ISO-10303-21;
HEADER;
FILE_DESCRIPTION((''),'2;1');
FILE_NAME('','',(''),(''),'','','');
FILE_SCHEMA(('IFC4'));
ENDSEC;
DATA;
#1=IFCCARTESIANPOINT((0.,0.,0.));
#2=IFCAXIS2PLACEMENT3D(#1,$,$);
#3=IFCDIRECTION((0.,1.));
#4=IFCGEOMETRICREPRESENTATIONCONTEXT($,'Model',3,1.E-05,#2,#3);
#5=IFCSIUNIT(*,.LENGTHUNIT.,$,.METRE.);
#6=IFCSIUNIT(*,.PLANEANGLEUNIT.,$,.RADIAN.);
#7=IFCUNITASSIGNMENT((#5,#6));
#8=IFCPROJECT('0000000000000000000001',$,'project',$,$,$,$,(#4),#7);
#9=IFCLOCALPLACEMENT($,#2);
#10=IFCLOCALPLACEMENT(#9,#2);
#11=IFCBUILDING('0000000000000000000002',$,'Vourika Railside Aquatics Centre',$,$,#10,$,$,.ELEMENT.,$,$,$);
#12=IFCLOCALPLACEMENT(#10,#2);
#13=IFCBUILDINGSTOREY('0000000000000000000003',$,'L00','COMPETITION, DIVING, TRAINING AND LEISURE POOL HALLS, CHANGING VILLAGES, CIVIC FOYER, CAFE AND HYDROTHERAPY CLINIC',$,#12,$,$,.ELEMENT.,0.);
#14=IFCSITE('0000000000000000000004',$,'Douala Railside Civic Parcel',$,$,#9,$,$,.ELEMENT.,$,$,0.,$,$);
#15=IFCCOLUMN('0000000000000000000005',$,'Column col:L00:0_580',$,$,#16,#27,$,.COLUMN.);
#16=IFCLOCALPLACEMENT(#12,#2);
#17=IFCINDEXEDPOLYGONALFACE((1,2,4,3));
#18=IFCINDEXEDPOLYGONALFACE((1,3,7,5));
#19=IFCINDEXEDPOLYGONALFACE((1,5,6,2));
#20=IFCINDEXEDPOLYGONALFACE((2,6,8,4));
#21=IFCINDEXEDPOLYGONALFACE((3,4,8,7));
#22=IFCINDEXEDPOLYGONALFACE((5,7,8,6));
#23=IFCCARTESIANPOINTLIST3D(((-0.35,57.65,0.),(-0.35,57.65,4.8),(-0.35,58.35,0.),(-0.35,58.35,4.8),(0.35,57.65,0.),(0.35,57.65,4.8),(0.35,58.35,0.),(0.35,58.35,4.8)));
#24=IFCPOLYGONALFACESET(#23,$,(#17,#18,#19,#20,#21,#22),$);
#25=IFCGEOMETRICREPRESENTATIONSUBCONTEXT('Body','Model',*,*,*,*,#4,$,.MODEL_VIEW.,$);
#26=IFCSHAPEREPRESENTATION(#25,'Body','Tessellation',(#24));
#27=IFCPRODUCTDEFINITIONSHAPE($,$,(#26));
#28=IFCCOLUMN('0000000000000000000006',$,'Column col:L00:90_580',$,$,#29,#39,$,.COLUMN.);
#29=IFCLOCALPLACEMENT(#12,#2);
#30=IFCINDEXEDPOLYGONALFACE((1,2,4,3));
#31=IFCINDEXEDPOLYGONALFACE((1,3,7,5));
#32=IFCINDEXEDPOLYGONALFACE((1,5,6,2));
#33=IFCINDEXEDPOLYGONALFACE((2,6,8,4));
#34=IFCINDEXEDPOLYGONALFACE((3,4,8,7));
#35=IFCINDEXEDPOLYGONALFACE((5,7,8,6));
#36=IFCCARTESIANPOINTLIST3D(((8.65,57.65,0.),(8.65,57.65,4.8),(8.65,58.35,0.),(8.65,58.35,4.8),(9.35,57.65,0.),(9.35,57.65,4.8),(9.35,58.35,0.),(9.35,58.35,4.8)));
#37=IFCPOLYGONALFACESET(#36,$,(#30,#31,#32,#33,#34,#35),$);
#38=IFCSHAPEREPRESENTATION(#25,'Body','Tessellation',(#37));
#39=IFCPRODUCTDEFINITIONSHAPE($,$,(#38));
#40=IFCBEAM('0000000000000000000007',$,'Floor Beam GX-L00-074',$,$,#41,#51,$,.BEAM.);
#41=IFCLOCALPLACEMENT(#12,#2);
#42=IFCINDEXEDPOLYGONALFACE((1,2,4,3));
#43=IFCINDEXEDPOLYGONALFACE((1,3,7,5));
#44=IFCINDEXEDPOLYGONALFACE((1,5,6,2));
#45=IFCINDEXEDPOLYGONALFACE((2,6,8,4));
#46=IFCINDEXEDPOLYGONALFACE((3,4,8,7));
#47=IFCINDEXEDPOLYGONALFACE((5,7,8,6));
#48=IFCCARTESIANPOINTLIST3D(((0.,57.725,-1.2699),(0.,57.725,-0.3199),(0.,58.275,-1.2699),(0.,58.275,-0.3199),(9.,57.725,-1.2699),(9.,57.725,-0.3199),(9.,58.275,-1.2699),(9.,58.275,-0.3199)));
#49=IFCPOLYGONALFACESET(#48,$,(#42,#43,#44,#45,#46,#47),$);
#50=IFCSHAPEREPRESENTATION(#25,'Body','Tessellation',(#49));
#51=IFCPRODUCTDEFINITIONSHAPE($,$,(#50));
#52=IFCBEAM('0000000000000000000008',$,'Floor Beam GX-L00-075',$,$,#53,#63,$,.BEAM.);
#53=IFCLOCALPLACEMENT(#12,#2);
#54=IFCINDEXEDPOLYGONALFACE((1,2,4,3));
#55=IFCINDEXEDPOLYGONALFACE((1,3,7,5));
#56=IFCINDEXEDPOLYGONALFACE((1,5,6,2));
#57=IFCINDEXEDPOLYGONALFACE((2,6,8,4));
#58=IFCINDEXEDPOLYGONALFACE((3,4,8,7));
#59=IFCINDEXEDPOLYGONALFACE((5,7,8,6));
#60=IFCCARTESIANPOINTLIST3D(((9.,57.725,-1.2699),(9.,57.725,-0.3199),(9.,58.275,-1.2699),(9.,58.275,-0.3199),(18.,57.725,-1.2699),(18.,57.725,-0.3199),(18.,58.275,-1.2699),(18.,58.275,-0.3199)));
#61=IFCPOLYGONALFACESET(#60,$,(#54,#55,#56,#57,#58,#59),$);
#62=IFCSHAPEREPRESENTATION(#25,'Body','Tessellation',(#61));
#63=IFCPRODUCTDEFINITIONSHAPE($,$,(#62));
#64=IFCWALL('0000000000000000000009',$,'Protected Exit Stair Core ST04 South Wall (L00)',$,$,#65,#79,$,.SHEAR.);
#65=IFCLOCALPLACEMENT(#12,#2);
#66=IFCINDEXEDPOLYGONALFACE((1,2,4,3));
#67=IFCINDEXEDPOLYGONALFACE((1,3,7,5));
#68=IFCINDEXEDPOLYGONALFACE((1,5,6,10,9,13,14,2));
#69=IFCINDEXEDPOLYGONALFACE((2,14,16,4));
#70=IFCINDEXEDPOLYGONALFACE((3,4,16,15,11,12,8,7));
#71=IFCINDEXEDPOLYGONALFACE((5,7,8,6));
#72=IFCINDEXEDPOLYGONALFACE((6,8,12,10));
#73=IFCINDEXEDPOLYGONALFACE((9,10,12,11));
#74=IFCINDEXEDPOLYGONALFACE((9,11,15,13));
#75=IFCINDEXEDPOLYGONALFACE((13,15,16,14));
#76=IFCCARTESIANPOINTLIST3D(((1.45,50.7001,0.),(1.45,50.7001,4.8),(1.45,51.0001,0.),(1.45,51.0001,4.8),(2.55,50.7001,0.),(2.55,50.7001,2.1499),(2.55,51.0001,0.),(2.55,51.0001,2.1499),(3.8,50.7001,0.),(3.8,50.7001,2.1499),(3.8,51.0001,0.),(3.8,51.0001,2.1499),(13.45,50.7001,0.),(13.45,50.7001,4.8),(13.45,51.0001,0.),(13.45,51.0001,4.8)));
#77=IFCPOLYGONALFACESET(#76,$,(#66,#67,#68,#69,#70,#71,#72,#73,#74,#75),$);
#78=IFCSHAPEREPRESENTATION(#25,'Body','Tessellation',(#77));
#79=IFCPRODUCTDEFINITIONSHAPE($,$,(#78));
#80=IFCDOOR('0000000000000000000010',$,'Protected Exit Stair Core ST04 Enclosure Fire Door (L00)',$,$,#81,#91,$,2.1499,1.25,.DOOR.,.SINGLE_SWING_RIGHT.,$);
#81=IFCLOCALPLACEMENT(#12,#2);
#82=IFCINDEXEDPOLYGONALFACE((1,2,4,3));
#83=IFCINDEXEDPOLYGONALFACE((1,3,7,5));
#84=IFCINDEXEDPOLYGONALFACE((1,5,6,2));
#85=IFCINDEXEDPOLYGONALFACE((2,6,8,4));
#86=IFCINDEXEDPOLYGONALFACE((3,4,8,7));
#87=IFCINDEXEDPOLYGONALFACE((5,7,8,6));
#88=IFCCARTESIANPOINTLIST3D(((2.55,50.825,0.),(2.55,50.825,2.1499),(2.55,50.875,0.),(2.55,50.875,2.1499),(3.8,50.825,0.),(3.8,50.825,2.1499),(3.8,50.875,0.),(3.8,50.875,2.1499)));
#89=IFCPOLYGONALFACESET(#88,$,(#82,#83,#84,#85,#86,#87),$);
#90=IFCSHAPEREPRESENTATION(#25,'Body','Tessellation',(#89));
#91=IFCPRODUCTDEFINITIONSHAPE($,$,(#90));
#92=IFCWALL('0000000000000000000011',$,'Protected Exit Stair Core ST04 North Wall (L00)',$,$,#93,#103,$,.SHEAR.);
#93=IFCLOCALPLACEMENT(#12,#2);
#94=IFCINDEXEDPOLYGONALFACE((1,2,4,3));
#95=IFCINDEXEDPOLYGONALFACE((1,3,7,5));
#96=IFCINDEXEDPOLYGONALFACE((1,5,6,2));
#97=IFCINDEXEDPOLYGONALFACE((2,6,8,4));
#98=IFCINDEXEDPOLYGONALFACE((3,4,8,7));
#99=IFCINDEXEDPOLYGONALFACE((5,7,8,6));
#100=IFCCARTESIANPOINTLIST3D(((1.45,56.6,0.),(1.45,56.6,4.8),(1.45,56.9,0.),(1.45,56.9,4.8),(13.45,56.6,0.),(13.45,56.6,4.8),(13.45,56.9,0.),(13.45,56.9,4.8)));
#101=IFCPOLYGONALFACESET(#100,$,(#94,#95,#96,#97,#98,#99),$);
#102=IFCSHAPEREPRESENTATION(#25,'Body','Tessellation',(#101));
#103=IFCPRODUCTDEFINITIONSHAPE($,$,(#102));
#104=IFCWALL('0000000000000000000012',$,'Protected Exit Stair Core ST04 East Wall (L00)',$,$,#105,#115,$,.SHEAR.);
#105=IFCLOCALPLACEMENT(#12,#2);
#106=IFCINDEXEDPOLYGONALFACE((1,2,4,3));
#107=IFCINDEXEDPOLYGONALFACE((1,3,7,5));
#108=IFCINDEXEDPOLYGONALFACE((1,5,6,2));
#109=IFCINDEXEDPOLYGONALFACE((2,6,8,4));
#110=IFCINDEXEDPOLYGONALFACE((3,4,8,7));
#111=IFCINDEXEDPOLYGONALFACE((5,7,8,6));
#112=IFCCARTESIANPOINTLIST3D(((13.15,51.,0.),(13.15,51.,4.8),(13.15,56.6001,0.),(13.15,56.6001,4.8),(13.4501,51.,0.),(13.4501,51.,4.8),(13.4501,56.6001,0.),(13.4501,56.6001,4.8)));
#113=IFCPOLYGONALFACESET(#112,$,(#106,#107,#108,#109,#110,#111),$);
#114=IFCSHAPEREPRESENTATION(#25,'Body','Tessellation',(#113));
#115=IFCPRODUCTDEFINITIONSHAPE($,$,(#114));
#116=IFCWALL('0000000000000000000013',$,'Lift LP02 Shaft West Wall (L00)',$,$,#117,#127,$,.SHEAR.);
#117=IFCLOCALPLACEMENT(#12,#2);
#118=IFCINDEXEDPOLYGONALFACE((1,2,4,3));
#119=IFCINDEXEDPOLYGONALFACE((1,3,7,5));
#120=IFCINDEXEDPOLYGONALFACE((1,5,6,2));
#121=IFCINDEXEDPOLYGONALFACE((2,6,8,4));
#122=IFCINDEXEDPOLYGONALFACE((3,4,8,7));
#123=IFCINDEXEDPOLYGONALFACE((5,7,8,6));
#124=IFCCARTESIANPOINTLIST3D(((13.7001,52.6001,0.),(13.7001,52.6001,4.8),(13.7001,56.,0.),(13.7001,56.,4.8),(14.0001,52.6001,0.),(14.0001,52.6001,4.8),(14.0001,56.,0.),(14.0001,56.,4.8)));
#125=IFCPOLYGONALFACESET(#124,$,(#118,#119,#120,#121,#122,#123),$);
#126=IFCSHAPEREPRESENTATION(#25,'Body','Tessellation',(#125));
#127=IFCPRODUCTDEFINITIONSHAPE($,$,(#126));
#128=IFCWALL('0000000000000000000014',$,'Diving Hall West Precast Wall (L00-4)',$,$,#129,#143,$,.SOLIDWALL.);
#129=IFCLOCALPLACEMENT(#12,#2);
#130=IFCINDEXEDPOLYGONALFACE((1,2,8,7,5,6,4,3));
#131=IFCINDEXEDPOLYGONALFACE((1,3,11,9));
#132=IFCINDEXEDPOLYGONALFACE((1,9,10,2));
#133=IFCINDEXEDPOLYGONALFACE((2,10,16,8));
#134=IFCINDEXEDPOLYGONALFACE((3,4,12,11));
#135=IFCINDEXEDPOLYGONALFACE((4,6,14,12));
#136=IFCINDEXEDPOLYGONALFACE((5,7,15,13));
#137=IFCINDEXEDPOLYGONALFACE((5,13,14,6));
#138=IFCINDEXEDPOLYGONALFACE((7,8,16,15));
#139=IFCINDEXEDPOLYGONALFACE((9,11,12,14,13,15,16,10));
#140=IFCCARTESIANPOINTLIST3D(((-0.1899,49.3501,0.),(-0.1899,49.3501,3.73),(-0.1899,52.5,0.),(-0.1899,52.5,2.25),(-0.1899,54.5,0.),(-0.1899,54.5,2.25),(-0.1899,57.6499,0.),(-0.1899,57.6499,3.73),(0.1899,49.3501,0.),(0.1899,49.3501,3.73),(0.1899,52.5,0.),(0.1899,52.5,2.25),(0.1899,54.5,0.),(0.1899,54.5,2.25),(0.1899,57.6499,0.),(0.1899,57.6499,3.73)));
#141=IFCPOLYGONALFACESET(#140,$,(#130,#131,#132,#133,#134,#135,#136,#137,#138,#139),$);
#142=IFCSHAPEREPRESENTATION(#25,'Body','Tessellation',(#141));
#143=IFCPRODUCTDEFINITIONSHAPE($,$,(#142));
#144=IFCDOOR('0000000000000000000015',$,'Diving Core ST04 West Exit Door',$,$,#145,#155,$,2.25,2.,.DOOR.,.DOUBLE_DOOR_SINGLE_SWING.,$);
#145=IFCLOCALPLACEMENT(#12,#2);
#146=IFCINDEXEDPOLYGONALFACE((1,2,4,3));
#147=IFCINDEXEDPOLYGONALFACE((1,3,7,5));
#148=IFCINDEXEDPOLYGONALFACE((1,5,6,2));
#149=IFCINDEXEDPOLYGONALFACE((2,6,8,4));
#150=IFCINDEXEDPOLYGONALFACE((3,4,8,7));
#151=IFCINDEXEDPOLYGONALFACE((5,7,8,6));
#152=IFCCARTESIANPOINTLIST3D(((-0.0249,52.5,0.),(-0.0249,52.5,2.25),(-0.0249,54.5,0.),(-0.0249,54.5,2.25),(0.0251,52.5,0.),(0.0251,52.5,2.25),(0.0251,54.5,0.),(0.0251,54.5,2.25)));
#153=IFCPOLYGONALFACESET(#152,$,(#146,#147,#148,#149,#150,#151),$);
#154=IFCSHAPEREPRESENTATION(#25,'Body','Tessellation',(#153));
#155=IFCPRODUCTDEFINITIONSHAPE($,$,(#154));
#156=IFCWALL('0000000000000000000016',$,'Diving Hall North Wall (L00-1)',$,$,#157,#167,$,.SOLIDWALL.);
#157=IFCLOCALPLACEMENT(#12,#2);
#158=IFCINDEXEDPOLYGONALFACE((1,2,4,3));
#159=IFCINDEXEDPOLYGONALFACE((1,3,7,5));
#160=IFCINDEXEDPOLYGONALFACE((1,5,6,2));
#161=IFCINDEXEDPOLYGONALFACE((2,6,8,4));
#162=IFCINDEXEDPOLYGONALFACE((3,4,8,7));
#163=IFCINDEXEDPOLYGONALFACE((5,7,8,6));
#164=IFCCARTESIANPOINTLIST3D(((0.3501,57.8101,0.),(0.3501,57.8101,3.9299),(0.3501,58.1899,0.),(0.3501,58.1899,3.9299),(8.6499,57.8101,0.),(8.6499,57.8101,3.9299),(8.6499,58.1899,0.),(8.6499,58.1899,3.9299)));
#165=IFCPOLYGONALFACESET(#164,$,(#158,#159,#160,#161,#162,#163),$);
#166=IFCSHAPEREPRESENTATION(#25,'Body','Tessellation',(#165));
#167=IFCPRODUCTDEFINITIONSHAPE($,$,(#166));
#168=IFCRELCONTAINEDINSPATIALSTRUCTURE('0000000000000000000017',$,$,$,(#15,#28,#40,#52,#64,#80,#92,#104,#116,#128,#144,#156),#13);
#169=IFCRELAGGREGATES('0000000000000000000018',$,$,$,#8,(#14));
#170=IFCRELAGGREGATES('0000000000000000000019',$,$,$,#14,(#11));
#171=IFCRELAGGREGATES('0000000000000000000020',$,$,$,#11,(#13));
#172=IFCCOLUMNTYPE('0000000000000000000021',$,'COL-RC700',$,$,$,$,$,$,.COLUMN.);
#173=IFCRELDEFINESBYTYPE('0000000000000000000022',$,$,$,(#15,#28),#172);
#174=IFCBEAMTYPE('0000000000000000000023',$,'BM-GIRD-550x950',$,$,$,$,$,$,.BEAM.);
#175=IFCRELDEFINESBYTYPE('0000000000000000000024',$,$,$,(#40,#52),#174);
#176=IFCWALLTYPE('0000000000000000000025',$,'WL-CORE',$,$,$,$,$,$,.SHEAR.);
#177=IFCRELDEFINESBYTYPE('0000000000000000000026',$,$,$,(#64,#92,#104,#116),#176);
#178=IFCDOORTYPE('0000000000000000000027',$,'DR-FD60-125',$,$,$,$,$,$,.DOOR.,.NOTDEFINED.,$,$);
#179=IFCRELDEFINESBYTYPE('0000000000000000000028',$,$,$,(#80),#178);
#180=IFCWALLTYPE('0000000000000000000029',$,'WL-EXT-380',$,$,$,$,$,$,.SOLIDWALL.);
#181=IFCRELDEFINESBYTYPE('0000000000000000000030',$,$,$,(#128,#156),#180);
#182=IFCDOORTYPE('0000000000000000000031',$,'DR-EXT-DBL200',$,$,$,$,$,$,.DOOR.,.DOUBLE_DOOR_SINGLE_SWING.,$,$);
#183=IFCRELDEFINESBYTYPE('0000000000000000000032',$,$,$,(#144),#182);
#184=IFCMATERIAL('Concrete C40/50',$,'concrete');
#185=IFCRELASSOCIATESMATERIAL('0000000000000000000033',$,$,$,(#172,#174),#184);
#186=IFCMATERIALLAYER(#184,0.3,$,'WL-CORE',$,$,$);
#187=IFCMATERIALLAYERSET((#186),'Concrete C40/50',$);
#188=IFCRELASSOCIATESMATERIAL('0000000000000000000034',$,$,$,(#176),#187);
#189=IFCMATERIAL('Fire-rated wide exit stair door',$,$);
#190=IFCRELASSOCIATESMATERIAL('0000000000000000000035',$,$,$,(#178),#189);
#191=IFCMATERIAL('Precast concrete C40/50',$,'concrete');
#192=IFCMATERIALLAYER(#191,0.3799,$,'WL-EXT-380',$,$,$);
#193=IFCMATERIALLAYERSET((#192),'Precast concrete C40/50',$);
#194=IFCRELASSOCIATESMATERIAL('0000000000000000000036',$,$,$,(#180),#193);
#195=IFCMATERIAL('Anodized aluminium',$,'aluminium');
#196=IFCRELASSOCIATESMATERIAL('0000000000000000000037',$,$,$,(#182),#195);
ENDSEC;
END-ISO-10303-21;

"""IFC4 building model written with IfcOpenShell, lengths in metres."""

from ifc_helpers import new_model, si_unit, direction, frame, frame_2d, origin, origin_2d, place, context, subcontext, project, spatial, rectangle, extrude, material, layer, layer_set, material_profile, profile_set, type_object, element, fill, save


model = new_model("IFC4")

# Units and contexts
model_context = context("Model", 3, precision=1e-05, world=origin(), true_north=direction((0.0, 1.0)))
body_context = subcontext(model_context, "Body", "Model", "MODEL_VIEW")
ifc_project = project(units=[si_unit("LENGTHUNIT", "METRE"), si_unit("PLANEANGLEUNIT", "RADIAN")], contexts=[model_context])

# Site, building, storey
site_placement = place(None, origin())
site = spatial("IfcSite", under=ifc_project, at=site_placement, Name="Douala Railside Civic Parcel", CompositionType="ELEMENT", RefElevation=0.0)
building_placement = place(site_placement, origin())
building = spatial("IfcBuilding", under=site, at=building_placement, Name="Vourika Railside Aquatics Centre", CompositionType="ELEMENT")
storey_placement = place(building_placement, origin())
storey = spatial("IfcBuildingStorey", under=building, at=storey_placement, Name="L00", Description="COMPETITION, DIVING, TRAINING AND LEISURE POOL HALLS, CHANGING VILLAGES, CIVIC FOYER, CAFE AND HYDROTHERAPY CLINIC", CompositionType="ELEMENT", Elevation=0.0)

# Columns
ifc_material_1 = material(Name="Concrete C40/50", Category="concrete")
ifc_material_profile_1 = material_profile(ifc_material_1, rectangle(XDim=0.7, YDim=0.7, at=origin_2d()), Name="RC 700x700")
ifc_profile_set_1 = profile_set([ifc_material_profile_1], Name="Concrete C40/50")
column_type = type_object("IfcColumnType", Name="COL-RC700", PredefinedType="COLUMN", material=ifc_profile_set_1)
for number, where, z_axis, x_axis, name in (
    (1, (0.0, 58.0, 0.0), (0.0, 0.0, 1.0), (1.0, 0.0, 0.0), "Column col:L00:0_580"),
    (2, (9.0, 58.0, 0.0), (0.0, 0.0, 1.0), (1.0, 0.0, 0.0), "Column col:L00:90_580"),
):
    element("IfcColumn", number, at=place(storey_placement, frame(where, z_axis=z_axis, x_axis=x_axis)), inside=storey, type_object=column_type, Name=name, PredefinedType="COLUMN", context=body_context, shape_type="SweptSolid", body=[
        extrude(rectangle(XDim=0.7, YDim=0.7, at=origin_2d()), origin(), (0.0, 0.0, 1.0), 4.8),
    ])

# Beams
ifc_material_profile_2 = material_profile(ifc_material_1, rectangle(XDim=0.55, YDim=0.95, at=origin_2d()), Name="RC 550x950")
ifc_profile_set_2 = profile_set([ifc_material_profile_2], Name="Concrete C40/50")
beam_type = type_object("IfcBeamType", Name="BM-GIRD-550x950", PredefinedType="BEAM", material=ifc_profile_set_2)
for number, where, z_axis, x_axis, name in (
    (3, (0.0, 58.0, -0.7949), (1.0, 0.0, 0.0), (0.0, 1.0, 0.0), "Floor Beam GX-L00-074"),
    (4, (9.0, 58.0, -0.7949), (1.0, 0.0, 0.0), (0.0, 1.0, 0.0), "Floor Beam GX-L00-075"),
):
    element("IfcBeam", number, at=place(storey_placement, frame(where, z_axis=z_axis, x_axis=x_axis)), inside=storey, type_object=beam_type, Name=name, PredefinedType="BEAM", context=body_context, shape_type="SweptSolid", body=[
        extrude(rectangle(XDim=0.55, YDim=0.95, at=origin_2d()), origin(), (0.0, 0.0, 1.0), 9.0),
    ])

# Wall, opening, door
ifc_layer_1 = layer(ifc_material_1, 0.3, Name="WL-CORE")
ifc_layer_set_1 = layer_set([ifc_layer_1], Name="Concrete C40/50")
wall_type_1 = type_object("IfcWallType", Name="WL-CORE", PredefinedType="SHEAR", material=ifc_layer_set_1)
wall_1_placement = place(storey_placement, frame((1.45, 50.8501, 0.0), z_axis=(0.0, 0.0, 1.0), x_axis=(1.0, 0.0, 0.0)))
wall_1 = element("IfcWall", 5, at=wall_1_placement, inside=storey, type_object=wall_type_1, Name="Protected Exit Stair Core ST04 South Wall (L00)", PredefinedType="SHEAR", context=body_context, shape_type="SweptSolid", body=[
    extrude(rectangle(XDim=12.0, YDim=0.3, at=frame_2d((6.0, 0.0))), origin(), (0.0, 0.0, 1.0), 4.8),
])
opening_1_placement = place(wall_1_placement, frame((1.1001, 0.0, 0.0)))
opening_1 = element("IfcOpeningElement", 6, at=opening_1_placement, cuts=wall_1, PredefinedType="OPENING", context=body_context, shape_type="SweptSolid", body=[
    extrude(rectangle(XDim=1.25, YDim=2.1499, at=frame_2d((0.625, 1.075))), frame((0.0, 0.1602, 0.0), z_axis=(0.0, -1.0, 0.0), x_axis=(1.0, 0.0, 0.0)), (0.0, 0.0, 1.0), 0.3201),
])
ifc_material_2 = material(Name="Fire-rated wide exit stair door")
door_type_1 = type_object("IfcDoorType", Name="DR-FD60-125", OperationType="NOTDEFINED", PredefinedType="DOOR", material=ifc_material_2)
door_1_placement = place(opening_1_placement, origin())
door_1 = element("IfcDoor", 7, at=door_1_placement, inside=storey, type_object=door_type_1, Name="Protected Exit Stair Core ST04 Enclosure Fire Door (L00)", OperationType="SINGLE_SWING_RIGHT", OverallHeight=2.1499, OverallWidth=1.25, PredefinedType="DOOR", context=body_context, shape_type="SweptSolid", body=[
    extrude(rectangle(XDim=1.25, YDim=2.1499, at=frame_2d((0.625, 1.075))), frame((0.0, 0.0249, 0.0), z_axis=(0.0, -1.0, 0.0), x_axis=(1.0, 0.0, 0.0)), (0.0, 0.0, 1.0), 0.05),
])
fill(opening_1, door_1)

# Wall
wall_2_placement = place(storey_placement, frame((13.45, 56.75, 0.0), z_axis=(0.0, 0.0, 1.0), x_axis=(-1.0, 0.0, 0.0)))
element("IfcWall", 8, at=wall_2_placement, inside=storey, type_object=wall_type_1, Name="Protected Exit Stair Core ST04 North Wall (L00)", PredefinedType="SHEAR", context=body_context, shape_type="SweptSolid", body=[
    extrude(rectangle(XDim=12.0, YDim=0.3, at=frame_2d((6.0, 0.0))), origin(), (0.0, 0.0, 1.0), 4.8),
])

# Wall
wall_3_placement = place(storey_placement, frame((13.3, 51.0, 0.0), z_axis=(0.0, 0.0, 1.0), x_axis=(0.0, 1.0, 0.0)))
element("IfcWall", 9, at=wall_3_placement, inside=storey, type_object=wall_type_1, Name="Protected Exit Stair Core ST04 East Wall (L00)", PredefinedType="SHEAR", context=body_context, shape_type="SweptSolid", body=[
    extrude(rectangle(XDim=5.6001, YDim=0.3, at=frame_2d((2.8, 0.0))), origin(), (0.0, 0.0, 1.0), 4.8),
])

# Wall
wall_4_placement = place(storey_placement, frame((13.8501, 56.0, 0.0), z_axis=(0.0, 0.0, 1.0), x_axis=(0.0, -1.0, 0.0)))
element("IfcWall", 10, at=wall_4_placement, inside=storey, type_object=wall_type_1, Name="Lift LP02 Shaft West Wall (L00)", PredefinedType="SHEAR", context=body_context, shape_type="SweptSolid", body=[
    extrude(rectangle(XDim=3.3999, YDim=0.3, at=frame_2d((1.7, 0.0))), origin(), (0.0, 0.0, 1.0), 4.8),
])

# Wall, opening, door
ifc_material_3 = material(Name="Precast concrete C40/50", Category="concrete")
ifc_layer_2 = layer(ifc_material_3, 0.3799, Name="WL-EXT-380")
ifc_layer_set_2 = layer_set([ifc_layer_2], Name="Precast concrete C40/50")
wall_type_2 = type_object("IfcWallType", Name="WL-EXT-380", PredefinedType="SOLIDWALL", material=ifc_layer_set_2)
wall_5_placement = place(storey_placement, frame((0.0, 57.6499, 0.0), z_axis=(0.0, 0.0, 1.0), x_axis=(0.0, -1.0, 0.0)))
wall_5 = element("IfcWall", 11, at=wall_5_placement, inside=storey, type_object=wall_type_2, Name="Diving Hall West Precast Wall (L00-4)", PredefinedType="SOLIDWALL", context=body_context, shape_type="SweptSolid", body=[
    extrude(rectangle(XDim=8.2998, YDim=0.3799, at=frame_2d((4.1499, 0.0))), origin(), (0.0, 0.0, 1.0), 3.73),
])
opening_2_placement = place(wall_5_placement, frame((3.1499, 0.0, 0.0)))
opening_2 = element("IfcOpeningElement", 12, at=opening_2_placement, cuts=wall_5, PredefinedType="OPENING", context=body_context, shape_type="SweptSolid", body=[
    extrude(rectangle(XDim=2.0, YDim=2.25, at=frame_2d((1.0, 1.125))), frame((0.0, 0.2, 0.0), z_axis=(0.0, -1.0, 0.0), x_axis=(1.0, 0.0, 0.0)), (0.0, 0.0, 1.0), 0.3999),
])
ifc_material_4 = material(Name="Anodized aluminium", Category="aluminium")
door_type_2 = type_object("IfcDoorType", Name="DR-EXT-DBL200", OperationType="DOUBLE_DOOR_SINGLE_SWING", PredefinedType="DOOR", material=ifc_material_4)
door_2_placement = place(opening_2_placement, frame((2.0, 0.0, 0.0), z_axis=(0.0, 0.0, 1.0), x_axis=(-1.0, 0.0, 0.0)))
door_2 = element("IfcDoor", 13, at=door_2_placement, inside=storey, type_object=door_type_2, Name="Diving Core ST04 West Exit Door", OperationType="DOUBLE_DOOR_SINGLE_SWING", OverallHeight=2.25, OverallWidth=2.0, PredefinedType="DOOR", context=body_context, shape_type="SweptSolid", body=[
    extrude(rectangle(XDim=2.0, YDim=2.25, at=frame_2d((1.0, 1.125))), frame((0.0, 0.0249, 0.0), z_axis=(0.0, -1.0, 0.0), x_axis=(1.0, 0.0, 0.0)), (0.0, 0.0, 1.0), 0.05),
])
fill(opening_2, door_2)

# Wall
wall_6_placement = place(storey_placement, frame((8.6499, 58.0, 0.0), z_axis=(0.0, 0.0, 1.0), x_axis=(-1.0, 0.0, 0.0)))
element("IfcWall", 14, at=wall_6_placement, inside=storey, type_object=wall_type_2, Name="Diving Hall North Wall (L00-1)", PredefinedType="SOLIDWALL", context=body_context, shape_type="SweptSolid", body=[
    extrude(rectangle(XDim=8.2998, YDim=0.3799, at=frame_2d((4.1499, 0.0))), origin(), (0.0, 0.0, 1.0), 3.9299),
])

save(model, "model.ifc")
